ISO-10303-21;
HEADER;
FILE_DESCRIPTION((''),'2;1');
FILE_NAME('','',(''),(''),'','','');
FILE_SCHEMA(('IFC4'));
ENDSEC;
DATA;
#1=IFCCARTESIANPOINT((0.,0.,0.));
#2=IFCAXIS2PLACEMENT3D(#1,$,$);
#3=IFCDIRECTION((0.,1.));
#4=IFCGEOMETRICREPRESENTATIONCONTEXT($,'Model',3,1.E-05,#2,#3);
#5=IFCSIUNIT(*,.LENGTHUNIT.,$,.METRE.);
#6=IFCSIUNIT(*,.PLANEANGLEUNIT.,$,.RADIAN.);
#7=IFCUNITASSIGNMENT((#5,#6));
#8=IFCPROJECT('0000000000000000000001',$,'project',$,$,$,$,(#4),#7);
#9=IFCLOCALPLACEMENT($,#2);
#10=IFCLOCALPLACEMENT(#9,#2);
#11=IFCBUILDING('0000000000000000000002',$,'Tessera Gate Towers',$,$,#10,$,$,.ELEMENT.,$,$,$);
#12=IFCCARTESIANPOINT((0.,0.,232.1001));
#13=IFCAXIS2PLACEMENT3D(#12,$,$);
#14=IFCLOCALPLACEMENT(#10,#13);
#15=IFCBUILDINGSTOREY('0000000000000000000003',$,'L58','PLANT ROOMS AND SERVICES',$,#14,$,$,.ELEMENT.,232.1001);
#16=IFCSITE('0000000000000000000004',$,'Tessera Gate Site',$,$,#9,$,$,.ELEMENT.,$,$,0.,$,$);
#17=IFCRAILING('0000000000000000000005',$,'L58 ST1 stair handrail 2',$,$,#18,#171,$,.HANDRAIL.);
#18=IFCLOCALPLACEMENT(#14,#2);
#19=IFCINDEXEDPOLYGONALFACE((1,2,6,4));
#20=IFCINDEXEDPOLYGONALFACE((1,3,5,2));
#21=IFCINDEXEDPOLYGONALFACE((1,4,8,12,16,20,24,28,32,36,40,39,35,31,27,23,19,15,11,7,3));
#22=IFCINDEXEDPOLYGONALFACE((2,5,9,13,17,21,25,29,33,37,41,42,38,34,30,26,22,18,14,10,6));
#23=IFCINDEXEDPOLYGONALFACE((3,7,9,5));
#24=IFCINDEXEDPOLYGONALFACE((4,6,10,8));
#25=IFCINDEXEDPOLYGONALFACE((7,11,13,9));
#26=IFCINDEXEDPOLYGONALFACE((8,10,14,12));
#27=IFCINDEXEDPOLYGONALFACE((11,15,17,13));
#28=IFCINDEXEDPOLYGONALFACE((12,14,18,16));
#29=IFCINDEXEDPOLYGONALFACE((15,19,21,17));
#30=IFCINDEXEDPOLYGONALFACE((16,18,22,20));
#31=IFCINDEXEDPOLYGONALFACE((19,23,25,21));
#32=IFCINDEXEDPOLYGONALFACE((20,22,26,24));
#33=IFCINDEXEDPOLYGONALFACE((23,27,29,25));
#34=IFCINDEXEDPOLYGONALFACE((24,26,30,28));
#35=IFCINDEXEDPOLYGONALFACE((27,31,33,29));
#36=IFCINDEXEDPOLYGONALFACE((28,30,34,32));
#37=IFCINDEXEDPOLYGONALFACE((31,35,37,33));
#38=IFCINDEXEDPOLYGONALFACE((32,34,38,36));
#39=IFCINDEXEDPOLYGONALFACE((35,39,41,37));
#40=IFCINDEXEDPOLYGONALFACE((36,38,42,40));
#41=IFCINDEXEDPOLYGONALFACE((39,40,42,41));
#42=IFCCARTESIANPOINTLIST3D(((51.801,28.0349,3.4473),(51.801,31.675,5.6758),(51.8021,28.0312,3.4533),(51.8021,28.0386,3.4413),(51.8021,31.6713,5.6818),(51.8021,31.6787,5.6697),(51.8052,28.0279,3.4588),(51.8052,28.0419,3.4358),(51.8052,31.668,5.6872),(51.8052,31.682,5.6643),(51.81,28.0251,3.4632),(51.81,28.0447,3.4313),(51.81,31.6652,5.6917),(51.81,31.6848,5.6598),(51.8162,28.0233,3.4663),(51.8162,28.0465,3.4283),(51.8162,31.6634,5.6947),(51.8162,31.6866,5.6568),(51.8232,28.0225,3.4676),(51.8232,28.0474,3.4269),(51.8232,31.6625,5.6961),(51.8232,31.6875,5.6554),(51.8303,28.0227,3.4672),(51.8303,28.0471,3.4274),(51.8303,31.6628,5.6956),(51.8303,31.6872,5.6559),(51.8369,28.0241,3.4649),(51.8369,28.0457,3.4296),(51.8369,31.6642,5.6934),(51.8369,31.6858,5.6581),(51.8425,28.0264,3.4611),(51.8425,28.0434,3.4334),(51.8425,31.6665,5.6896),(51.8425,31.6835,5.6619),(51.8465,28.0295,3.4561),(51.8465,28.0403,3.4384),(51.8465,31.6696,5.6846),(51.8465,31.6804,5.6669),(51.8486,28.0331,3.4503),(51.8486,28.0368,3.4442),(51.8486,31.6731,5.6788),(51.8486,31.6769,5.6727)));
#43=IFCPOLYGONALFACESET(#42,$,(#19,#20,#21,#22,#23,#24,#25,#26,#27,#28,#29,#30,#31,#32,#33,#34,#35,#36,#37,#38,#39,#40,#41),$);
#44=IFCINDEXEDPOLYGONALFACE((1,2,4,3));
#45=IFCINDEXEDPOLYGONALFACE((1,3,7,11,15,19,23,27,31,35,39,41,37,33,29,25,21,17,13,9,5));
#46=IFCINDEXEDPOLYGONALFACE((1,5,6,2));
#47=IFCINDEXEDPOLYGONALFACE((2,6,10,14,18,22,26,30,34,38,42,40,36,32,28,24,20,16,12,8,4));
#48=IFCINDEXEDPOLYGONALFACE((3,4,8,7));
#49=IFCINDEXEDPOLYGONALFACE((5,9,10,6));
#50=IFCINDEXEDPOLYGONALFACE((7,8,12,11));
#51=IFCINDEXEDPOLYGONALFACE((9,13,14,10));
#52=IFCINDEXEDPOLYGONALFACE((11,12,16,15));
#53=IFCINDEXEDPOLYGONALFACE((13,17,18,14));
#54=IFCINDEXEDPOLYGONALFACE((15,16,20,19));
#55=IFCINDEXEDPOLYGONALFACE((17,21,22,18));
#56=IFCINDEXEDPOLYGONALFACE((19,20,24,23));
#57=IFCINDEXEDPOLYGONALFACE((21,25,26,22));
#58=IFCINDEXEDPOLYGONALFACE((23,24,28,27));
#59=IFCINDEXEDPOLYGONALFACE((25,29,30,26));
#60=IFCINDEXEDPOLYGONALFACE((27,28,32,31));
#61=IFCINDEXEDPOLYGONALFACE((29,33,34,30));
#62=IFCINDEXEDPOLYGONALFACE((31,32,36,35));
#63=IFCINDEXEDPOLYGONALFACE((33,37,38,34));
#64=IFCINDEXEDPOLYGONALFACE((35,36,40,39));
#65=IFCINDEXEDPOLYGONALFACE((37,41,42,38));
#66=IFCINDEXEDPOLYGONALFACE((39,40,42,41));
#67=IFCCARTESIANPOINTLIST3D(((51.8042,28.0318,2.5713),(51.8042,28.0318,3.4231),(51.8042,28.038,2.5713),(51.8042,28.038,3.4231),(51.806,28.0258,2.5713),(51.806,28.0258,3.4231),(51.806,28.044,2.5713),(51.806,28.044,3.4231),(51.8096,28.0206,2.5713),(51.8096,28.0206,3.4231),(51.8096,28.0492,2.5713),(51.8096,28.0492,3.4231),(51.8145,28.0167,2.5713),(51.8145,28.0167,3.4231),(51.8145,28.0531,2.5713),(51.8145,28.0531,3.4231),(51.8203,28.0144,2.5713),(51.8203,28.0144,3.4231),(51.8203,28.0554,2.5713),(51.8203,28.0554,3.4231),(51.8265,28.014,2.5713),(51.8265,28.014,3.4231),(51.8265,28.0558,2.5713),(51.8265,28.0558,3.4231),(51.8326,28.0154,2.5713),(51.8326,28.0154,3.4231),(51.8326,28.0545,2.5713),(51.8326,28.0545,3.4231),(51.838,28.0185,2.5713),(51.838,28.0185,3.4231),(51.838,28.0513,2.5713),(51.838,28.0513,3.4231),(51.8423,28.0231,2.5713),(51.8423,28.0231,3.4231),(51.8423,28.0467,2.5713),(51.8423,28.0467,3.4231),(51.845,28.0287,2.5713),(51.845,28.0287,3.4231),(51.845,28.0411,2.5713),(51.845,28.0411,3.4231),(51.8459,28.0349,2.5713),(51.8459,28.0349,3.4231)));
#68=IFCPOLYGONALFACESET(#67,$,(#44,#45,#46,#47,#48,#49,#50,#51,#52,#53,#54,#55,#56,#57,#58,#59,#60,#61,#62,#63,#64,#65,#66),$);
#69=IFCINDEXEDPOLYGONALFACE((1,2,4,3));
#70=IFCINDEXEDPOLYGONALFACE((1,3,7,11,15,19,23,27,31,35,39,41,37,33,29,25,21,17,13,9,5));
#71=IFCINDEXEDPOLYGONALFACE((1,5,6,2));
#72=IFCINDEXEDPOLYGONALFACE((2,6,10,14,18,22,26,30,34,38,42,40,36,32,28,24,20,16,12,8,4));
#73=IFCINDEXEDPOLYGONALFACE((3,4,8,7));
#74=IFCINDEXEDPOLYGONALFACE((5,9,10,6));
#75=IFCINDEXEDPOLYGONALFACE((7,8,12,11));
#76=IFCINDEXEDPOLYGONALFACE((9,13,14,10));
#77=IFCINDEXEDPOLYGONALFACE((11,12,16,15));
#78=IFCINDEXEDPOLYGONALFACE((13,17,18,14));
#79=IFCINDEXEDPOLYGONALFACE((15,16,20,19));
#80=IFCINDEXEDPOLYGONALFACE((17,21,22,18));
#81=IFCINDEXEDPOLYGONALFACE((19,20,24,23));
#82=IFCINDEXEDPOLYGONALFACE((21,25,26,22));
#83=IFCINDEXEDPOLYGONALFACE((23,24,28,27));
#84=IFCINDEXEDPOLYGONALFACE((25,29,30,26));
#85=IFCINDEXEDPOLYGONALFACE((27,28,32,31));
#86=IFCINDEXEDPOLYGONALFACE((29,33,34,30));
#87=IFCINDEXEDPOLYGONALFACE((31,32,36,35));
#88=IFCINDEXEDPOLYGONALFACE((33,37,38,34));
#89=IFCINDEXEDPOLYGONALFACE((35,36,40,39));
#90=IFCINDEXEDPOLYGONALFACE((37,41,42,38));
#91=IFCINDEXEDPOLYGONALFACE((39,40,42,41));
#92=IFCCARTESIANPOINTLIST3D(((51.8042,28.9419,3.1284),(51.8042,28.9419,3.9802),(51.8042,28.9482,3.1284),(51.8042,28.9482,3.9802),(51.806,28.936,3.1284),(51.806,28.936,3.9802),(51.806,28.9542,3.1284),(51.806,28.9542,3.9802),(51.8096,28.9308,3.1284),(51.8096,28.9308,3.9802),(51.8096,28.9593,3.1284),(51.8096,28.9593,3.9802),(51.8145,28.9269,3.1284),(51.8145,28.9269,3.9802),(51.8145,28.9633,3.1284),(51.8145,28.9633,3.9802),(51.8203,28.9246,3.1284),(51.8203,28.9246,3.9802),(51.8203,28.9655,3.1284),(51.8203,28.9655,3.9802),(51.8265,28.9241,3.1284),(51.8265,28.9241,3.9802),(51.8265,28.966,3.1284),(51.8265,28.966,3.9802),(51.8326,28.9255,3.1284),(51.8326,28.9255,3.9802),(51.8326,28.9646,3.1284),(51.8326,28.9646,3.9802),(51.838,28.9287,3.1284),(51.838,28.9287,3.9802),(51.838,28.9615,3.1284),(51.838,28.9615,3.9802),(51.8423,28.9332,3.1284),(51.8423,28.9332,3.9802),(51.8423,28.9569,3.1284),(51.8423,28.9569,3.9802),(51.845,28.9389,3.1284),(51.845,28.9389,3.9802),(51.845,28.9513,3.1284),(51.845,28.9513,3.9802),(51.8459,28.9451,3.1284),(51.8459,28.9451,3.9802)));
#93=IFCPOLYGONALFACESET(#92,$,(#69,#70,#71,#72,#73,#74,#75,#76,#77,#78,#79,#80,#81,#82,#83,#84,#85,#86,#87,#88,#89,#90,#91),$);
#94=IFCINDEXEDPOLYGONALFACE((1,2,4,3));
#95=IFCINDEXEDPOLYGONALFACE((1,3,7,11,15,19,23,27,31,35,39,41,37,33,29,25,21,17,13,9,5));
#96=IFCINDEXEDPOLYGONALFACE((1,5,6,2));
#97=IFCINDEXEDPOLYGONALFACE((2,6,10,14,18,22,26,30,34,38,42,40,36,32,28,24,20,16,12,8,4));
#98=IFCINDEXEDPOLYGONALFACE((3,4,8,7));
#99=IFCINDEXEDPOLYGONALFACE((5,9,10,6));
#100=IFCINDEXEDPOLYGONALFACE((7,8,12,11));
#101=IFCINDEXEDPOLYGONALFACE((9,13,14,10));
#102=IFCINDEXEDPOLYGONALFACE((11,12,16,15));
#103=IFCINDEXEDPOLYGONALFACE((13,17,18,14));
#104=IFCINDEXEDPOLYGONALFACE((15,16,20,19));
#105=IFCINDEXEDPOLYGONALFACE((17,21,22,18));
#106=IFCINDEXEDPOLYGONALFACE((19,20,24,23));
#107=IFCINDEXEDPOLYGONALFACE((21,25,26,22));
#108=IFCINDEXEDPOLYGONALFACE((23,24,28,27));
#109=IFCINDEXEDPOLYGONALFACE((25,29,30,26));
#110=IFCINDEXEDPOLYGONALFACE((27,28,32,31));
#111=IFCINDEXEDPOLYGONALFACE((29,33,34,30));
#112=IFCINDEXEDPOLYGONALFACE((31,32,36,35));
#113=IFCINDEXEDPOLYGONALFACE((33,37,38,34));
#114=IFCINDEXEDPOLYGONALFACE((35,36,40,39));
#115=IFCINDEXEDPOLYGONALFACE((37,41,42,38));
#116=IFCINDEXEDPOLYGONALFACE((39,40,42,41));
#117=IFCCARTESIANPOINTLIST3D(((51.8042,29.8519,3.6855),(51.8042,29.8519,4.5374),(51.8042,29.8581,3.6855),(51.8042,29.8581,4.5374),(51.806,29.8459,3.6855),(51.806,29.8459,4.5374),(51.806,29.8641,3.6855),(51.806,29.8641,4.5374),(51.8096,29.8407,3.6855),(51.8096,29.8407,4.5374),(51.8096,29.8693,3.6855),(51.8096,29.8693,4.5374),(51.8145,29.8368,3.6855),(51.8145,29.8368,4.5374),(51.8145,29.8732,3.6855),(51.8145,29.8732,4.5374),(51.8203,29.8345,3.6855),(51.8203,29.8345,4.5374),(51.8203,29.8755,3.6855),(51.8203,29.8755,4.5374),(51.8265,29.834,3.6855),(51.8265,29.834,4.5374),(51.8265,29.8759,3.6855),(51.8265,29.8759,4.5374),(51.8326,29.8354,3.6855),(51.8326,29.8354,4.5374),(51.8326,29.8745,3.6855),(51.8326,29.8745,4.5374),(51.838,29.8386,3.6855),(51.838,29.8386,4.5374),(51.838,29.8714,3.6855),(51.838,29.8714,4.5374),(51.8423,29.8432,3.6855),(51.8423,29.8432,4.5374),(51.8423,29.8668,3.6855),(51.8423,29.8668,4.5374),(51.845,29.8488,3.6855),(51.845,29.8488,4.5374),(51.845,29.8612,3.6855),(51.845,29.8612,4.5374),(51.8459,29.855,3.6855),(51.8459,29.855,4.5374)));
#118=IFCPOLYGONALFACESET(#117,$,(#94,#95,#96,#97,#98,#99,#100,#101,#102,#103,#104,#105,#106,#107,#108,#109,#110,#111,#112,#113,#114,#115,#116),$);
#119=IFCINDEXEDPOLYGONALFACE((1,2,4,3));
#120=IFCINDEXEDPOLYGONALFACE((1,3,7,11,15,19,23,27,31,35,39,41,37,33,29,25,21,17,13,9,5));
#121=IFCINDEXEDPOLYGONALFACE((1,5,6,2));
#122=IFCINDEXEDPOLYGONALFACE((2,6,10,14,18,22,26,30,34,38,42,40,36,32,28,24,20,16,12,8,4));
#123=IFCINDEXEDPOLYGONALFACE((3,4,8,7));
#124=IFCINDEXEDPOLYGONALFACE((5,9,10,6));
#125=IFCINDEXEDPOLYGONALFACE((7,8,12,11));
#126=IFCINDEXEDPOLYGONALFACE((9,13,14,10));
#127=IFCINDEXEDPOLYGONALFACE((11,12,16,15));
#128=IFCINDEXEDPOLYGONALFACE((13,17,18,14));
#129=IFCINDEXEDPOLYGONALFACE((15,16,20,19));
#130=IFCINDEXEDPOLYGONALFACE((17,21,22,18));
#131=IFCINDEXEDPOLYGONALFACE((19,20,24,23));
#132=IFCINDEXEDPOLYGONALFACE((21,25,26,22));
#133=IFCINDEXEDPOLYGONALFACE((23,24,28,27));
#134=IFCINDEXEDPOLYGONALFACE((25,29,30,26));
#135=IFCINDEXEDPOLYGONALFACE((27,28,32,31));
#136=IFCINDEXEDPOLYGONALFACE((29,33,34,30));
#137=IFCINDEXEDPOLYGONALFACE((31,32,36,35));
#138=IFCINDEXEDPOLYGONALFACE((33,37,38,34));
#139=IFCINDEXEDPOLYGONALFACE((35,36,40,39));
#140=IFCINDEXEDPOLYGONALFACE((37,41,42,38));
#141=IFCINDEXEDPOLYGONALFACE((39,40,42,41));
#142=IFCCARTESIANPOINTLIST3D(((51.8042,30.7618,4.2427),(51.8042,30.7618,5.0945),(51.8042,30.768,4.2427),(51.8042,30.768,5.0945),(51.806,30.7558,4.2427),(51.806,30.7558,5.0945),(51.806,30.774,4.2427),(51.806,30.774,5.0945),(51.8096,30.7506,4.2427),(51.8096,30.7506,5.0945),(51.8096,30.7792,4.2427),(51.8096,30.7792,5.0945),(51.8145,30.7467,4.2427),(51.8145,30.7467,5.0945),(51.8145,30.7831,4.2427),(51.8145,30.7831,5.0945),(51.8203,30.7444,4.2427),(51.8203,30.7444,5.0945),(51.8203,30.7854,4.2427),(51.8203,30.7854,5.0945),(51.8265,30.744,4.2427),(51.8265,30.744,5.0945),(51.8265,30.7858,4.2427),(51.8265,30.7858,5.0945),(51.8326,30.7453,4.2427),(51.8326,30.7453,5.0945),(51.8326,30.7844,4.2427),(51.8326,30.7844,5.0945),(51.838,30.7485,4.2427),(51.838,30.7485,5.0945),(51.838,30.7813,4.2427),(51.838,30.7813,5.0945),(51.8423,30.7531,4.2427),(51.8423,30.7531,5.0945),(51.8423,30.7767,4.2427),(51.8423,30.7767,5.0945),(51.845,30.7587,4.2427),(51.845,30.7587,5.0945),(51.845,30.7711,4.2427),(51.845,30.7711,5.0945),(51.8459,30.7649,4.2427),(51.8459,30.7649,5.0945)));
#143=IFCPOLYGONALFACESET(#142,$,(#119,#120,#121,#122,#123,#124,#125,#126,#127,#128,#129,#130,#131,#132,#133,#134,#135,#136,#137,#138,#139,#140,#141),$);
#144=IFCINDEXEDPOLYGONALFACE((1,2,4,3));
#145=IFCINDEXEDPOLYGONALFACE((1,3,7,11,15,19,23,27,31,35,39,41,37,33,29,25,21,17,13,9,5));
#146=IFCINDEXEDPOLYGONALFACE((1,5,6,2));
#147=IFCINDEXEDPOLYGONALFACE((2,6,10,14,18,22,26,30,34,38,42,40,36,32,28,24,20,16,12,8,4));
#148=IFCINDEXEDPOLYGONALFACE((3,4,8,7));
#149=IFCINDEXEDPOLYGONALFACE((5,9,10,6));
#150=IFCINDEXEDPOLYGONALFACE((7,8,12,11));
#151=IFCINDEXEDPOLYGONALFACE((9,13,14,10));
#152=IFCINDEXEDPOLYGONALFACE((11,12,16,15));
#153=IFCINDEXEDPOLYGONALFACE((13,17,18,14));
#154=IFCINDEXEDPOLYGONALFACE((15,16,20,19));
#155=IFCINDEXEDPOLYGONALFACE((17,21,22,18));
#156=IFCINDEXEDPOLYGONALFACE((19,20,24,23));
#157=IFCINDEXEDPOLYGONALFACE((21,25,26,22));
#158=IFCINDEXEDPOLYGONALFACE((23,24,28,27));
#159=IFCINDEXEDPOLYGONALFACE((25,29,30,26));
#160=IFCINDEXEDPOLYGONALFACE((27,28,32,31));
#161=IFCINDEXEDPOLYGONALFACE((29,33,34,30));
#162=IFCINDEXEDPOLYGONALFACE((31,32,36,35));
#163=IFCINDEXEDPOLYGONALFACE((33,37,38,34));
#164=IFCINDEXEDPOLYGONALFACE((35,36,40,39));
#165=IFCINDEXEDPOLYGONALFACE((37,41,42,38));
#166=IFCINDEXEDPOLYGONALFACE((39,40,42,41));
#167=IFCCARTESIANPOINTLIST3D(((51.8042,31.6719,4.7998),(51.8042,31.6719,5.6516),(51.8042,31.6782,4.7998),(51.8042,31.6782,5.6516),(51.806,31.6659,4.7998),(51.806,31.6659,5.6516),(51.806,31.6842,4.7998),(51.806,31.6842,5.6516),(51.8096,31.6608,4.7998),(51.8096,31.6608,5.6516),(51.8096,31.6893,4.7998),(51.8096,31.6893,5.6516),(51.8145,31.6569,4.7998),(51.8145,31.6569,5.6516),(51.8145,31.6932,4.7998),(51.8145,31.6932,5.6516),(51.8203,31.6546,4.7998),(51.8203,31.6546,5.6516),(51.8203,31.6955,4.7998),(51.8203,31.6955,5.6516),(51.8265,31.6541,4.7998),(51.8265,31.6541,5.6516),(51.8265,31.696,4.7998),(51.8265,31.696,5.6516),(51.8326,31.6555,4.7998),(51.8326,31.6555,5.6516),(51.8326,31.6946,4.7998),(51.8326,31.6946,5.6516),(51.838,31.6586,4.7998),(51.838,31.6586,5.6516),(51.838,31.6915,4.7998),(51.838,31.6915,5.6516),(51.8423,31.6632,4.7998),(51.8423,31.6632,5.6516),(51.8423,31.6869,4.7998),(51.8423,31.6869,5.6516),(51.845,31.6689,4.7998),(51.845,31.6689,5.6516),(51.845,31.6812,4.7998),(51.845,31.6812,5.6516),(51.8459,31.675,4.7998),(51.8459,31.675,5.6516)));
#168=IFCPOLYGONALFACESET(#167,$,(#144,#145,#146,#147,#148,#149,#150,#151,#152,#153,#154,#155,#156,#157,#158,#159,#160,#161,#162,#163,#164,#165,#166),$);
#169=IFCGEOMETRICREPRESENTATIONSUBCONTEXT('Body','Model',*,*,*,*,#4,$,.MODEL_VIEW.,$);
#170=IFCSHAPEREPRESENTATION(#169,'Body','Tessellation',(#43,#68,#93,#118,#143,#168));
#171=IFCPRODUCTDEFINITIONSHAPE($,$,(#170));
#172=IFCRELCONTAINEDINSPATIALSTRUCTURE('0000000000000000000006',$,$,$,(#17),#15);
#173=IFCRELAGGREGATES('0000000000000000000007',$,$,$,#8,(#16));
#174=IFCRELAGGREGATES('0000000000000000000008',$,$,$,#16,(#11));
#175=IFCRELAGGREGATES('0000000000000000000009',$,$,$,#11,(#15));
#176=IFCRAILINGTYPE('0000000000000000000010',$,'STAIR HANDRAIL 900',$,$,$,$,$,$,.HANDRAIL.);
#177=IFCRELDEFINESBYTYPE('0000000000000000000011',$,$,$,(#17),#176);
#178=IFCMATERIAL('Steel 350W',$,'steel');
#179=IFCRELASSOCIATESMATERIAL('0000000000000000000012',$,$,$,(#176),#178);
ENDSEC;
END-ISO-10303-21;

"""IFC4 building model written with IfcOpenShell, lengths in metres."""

from ifc_helpers import new_model, si_unit, direction, frame, origin, origin_2d, place, context, subcontext, project, spatial, circle, extrude, material, type_object, element, save


model = new_model("IFC4")

# Units and contexts
model_context = context("Model", 3, precision=1e-05, world=origin(), true_north=direction((0.0, 1.0)))
body_context = subcontext(model_context, "Body", "Model", "MODEL_VIEW")
ifc_project = project(units=[si_unit("LENGTHUNIT", "METRE"), si_unit("PLANEANGLEUNIT", "RADIAN")], contexts=[model_context])

# Site, building, storey
site_placement = place(None, origin())
site = spatial("IfcSite", under=ifc_project, at=site_placement, Name="Tessera Gate Site", CompositionType="ELEMENT", RefElevation=0.0)
building_placement = place(site_placement, origin())
building = spatial("IfcBuilding", under=site, at=building_placement, Name="Tessera Gate Towers", CompositionType="ELEMENT")
storey_placement = place(building_placement, frame((0.0, 0.0, 232.1001)))
storey = spatial("IfcBuildingStorey", under=building, at=storey_placement, Name="L58", Description="PLANT ROOMS AND SERVICES", CompositionType="ELEMENT", Elevation=232.1001)

# Railing
ifc_material_1 = material(Name="Steel 350W", Category="steel")
railing_type_1 = type_object("IfcRailingType", Name="STAIR HANDRAIL 900", PredefinedType="HANDRAIL", material=ifc_material_1)
railing_1_placement = place(storey_placement, frame((51.825, 28.0349, 2.5713)))
element("IfcRailing", 1, at=railing_1_placement, inside=storey, type_object=railing_type_1, Name="L58 ST1 stair handrail 2", PredefinedType="HANDRAIL", context=body_context, shape_type="SweptSolid", body=[
    extrude(circle(Radius=0.0239, at=origin_2d()), frame((0.0, 0.0, 0.876), z_axis=(0.0, 0.852866, 0.52213), x_axis=(-1.0, 0.0, 0.0)), (0.0, 0.0, 1.0), 4.2681),
    extrude(circle(Radius=0.021, at=origin_2d()), origin(), (0.0, 0.0, 1.0), 0.8518),
    extrude(circle(Radius=0.021, at=origin_2d()), frame((0.0, 0.9102, 0.5571)), (0.0, 0.0, 1.0), 0.8518),
    extrude(circle(Radius=0.021, at=origin_2d()), frame((0.0, 1.8201, 1.1143)), (0.0, 0.0, 1.0), 0.8518),
    extrude(circle(Radius=0.021, at=origin_2d()), frame((0.0, 2.73, 1.6714)), (0.0, 0.0, 1.0), 0.8518),
    extrude(circle(Radius=0.021, at=origin_2d()), frame((0.0, 3.6401, 2.2285)), (0.0, 0.0, 1.0), 0.8518),
])

save(model, "model.ifc")
